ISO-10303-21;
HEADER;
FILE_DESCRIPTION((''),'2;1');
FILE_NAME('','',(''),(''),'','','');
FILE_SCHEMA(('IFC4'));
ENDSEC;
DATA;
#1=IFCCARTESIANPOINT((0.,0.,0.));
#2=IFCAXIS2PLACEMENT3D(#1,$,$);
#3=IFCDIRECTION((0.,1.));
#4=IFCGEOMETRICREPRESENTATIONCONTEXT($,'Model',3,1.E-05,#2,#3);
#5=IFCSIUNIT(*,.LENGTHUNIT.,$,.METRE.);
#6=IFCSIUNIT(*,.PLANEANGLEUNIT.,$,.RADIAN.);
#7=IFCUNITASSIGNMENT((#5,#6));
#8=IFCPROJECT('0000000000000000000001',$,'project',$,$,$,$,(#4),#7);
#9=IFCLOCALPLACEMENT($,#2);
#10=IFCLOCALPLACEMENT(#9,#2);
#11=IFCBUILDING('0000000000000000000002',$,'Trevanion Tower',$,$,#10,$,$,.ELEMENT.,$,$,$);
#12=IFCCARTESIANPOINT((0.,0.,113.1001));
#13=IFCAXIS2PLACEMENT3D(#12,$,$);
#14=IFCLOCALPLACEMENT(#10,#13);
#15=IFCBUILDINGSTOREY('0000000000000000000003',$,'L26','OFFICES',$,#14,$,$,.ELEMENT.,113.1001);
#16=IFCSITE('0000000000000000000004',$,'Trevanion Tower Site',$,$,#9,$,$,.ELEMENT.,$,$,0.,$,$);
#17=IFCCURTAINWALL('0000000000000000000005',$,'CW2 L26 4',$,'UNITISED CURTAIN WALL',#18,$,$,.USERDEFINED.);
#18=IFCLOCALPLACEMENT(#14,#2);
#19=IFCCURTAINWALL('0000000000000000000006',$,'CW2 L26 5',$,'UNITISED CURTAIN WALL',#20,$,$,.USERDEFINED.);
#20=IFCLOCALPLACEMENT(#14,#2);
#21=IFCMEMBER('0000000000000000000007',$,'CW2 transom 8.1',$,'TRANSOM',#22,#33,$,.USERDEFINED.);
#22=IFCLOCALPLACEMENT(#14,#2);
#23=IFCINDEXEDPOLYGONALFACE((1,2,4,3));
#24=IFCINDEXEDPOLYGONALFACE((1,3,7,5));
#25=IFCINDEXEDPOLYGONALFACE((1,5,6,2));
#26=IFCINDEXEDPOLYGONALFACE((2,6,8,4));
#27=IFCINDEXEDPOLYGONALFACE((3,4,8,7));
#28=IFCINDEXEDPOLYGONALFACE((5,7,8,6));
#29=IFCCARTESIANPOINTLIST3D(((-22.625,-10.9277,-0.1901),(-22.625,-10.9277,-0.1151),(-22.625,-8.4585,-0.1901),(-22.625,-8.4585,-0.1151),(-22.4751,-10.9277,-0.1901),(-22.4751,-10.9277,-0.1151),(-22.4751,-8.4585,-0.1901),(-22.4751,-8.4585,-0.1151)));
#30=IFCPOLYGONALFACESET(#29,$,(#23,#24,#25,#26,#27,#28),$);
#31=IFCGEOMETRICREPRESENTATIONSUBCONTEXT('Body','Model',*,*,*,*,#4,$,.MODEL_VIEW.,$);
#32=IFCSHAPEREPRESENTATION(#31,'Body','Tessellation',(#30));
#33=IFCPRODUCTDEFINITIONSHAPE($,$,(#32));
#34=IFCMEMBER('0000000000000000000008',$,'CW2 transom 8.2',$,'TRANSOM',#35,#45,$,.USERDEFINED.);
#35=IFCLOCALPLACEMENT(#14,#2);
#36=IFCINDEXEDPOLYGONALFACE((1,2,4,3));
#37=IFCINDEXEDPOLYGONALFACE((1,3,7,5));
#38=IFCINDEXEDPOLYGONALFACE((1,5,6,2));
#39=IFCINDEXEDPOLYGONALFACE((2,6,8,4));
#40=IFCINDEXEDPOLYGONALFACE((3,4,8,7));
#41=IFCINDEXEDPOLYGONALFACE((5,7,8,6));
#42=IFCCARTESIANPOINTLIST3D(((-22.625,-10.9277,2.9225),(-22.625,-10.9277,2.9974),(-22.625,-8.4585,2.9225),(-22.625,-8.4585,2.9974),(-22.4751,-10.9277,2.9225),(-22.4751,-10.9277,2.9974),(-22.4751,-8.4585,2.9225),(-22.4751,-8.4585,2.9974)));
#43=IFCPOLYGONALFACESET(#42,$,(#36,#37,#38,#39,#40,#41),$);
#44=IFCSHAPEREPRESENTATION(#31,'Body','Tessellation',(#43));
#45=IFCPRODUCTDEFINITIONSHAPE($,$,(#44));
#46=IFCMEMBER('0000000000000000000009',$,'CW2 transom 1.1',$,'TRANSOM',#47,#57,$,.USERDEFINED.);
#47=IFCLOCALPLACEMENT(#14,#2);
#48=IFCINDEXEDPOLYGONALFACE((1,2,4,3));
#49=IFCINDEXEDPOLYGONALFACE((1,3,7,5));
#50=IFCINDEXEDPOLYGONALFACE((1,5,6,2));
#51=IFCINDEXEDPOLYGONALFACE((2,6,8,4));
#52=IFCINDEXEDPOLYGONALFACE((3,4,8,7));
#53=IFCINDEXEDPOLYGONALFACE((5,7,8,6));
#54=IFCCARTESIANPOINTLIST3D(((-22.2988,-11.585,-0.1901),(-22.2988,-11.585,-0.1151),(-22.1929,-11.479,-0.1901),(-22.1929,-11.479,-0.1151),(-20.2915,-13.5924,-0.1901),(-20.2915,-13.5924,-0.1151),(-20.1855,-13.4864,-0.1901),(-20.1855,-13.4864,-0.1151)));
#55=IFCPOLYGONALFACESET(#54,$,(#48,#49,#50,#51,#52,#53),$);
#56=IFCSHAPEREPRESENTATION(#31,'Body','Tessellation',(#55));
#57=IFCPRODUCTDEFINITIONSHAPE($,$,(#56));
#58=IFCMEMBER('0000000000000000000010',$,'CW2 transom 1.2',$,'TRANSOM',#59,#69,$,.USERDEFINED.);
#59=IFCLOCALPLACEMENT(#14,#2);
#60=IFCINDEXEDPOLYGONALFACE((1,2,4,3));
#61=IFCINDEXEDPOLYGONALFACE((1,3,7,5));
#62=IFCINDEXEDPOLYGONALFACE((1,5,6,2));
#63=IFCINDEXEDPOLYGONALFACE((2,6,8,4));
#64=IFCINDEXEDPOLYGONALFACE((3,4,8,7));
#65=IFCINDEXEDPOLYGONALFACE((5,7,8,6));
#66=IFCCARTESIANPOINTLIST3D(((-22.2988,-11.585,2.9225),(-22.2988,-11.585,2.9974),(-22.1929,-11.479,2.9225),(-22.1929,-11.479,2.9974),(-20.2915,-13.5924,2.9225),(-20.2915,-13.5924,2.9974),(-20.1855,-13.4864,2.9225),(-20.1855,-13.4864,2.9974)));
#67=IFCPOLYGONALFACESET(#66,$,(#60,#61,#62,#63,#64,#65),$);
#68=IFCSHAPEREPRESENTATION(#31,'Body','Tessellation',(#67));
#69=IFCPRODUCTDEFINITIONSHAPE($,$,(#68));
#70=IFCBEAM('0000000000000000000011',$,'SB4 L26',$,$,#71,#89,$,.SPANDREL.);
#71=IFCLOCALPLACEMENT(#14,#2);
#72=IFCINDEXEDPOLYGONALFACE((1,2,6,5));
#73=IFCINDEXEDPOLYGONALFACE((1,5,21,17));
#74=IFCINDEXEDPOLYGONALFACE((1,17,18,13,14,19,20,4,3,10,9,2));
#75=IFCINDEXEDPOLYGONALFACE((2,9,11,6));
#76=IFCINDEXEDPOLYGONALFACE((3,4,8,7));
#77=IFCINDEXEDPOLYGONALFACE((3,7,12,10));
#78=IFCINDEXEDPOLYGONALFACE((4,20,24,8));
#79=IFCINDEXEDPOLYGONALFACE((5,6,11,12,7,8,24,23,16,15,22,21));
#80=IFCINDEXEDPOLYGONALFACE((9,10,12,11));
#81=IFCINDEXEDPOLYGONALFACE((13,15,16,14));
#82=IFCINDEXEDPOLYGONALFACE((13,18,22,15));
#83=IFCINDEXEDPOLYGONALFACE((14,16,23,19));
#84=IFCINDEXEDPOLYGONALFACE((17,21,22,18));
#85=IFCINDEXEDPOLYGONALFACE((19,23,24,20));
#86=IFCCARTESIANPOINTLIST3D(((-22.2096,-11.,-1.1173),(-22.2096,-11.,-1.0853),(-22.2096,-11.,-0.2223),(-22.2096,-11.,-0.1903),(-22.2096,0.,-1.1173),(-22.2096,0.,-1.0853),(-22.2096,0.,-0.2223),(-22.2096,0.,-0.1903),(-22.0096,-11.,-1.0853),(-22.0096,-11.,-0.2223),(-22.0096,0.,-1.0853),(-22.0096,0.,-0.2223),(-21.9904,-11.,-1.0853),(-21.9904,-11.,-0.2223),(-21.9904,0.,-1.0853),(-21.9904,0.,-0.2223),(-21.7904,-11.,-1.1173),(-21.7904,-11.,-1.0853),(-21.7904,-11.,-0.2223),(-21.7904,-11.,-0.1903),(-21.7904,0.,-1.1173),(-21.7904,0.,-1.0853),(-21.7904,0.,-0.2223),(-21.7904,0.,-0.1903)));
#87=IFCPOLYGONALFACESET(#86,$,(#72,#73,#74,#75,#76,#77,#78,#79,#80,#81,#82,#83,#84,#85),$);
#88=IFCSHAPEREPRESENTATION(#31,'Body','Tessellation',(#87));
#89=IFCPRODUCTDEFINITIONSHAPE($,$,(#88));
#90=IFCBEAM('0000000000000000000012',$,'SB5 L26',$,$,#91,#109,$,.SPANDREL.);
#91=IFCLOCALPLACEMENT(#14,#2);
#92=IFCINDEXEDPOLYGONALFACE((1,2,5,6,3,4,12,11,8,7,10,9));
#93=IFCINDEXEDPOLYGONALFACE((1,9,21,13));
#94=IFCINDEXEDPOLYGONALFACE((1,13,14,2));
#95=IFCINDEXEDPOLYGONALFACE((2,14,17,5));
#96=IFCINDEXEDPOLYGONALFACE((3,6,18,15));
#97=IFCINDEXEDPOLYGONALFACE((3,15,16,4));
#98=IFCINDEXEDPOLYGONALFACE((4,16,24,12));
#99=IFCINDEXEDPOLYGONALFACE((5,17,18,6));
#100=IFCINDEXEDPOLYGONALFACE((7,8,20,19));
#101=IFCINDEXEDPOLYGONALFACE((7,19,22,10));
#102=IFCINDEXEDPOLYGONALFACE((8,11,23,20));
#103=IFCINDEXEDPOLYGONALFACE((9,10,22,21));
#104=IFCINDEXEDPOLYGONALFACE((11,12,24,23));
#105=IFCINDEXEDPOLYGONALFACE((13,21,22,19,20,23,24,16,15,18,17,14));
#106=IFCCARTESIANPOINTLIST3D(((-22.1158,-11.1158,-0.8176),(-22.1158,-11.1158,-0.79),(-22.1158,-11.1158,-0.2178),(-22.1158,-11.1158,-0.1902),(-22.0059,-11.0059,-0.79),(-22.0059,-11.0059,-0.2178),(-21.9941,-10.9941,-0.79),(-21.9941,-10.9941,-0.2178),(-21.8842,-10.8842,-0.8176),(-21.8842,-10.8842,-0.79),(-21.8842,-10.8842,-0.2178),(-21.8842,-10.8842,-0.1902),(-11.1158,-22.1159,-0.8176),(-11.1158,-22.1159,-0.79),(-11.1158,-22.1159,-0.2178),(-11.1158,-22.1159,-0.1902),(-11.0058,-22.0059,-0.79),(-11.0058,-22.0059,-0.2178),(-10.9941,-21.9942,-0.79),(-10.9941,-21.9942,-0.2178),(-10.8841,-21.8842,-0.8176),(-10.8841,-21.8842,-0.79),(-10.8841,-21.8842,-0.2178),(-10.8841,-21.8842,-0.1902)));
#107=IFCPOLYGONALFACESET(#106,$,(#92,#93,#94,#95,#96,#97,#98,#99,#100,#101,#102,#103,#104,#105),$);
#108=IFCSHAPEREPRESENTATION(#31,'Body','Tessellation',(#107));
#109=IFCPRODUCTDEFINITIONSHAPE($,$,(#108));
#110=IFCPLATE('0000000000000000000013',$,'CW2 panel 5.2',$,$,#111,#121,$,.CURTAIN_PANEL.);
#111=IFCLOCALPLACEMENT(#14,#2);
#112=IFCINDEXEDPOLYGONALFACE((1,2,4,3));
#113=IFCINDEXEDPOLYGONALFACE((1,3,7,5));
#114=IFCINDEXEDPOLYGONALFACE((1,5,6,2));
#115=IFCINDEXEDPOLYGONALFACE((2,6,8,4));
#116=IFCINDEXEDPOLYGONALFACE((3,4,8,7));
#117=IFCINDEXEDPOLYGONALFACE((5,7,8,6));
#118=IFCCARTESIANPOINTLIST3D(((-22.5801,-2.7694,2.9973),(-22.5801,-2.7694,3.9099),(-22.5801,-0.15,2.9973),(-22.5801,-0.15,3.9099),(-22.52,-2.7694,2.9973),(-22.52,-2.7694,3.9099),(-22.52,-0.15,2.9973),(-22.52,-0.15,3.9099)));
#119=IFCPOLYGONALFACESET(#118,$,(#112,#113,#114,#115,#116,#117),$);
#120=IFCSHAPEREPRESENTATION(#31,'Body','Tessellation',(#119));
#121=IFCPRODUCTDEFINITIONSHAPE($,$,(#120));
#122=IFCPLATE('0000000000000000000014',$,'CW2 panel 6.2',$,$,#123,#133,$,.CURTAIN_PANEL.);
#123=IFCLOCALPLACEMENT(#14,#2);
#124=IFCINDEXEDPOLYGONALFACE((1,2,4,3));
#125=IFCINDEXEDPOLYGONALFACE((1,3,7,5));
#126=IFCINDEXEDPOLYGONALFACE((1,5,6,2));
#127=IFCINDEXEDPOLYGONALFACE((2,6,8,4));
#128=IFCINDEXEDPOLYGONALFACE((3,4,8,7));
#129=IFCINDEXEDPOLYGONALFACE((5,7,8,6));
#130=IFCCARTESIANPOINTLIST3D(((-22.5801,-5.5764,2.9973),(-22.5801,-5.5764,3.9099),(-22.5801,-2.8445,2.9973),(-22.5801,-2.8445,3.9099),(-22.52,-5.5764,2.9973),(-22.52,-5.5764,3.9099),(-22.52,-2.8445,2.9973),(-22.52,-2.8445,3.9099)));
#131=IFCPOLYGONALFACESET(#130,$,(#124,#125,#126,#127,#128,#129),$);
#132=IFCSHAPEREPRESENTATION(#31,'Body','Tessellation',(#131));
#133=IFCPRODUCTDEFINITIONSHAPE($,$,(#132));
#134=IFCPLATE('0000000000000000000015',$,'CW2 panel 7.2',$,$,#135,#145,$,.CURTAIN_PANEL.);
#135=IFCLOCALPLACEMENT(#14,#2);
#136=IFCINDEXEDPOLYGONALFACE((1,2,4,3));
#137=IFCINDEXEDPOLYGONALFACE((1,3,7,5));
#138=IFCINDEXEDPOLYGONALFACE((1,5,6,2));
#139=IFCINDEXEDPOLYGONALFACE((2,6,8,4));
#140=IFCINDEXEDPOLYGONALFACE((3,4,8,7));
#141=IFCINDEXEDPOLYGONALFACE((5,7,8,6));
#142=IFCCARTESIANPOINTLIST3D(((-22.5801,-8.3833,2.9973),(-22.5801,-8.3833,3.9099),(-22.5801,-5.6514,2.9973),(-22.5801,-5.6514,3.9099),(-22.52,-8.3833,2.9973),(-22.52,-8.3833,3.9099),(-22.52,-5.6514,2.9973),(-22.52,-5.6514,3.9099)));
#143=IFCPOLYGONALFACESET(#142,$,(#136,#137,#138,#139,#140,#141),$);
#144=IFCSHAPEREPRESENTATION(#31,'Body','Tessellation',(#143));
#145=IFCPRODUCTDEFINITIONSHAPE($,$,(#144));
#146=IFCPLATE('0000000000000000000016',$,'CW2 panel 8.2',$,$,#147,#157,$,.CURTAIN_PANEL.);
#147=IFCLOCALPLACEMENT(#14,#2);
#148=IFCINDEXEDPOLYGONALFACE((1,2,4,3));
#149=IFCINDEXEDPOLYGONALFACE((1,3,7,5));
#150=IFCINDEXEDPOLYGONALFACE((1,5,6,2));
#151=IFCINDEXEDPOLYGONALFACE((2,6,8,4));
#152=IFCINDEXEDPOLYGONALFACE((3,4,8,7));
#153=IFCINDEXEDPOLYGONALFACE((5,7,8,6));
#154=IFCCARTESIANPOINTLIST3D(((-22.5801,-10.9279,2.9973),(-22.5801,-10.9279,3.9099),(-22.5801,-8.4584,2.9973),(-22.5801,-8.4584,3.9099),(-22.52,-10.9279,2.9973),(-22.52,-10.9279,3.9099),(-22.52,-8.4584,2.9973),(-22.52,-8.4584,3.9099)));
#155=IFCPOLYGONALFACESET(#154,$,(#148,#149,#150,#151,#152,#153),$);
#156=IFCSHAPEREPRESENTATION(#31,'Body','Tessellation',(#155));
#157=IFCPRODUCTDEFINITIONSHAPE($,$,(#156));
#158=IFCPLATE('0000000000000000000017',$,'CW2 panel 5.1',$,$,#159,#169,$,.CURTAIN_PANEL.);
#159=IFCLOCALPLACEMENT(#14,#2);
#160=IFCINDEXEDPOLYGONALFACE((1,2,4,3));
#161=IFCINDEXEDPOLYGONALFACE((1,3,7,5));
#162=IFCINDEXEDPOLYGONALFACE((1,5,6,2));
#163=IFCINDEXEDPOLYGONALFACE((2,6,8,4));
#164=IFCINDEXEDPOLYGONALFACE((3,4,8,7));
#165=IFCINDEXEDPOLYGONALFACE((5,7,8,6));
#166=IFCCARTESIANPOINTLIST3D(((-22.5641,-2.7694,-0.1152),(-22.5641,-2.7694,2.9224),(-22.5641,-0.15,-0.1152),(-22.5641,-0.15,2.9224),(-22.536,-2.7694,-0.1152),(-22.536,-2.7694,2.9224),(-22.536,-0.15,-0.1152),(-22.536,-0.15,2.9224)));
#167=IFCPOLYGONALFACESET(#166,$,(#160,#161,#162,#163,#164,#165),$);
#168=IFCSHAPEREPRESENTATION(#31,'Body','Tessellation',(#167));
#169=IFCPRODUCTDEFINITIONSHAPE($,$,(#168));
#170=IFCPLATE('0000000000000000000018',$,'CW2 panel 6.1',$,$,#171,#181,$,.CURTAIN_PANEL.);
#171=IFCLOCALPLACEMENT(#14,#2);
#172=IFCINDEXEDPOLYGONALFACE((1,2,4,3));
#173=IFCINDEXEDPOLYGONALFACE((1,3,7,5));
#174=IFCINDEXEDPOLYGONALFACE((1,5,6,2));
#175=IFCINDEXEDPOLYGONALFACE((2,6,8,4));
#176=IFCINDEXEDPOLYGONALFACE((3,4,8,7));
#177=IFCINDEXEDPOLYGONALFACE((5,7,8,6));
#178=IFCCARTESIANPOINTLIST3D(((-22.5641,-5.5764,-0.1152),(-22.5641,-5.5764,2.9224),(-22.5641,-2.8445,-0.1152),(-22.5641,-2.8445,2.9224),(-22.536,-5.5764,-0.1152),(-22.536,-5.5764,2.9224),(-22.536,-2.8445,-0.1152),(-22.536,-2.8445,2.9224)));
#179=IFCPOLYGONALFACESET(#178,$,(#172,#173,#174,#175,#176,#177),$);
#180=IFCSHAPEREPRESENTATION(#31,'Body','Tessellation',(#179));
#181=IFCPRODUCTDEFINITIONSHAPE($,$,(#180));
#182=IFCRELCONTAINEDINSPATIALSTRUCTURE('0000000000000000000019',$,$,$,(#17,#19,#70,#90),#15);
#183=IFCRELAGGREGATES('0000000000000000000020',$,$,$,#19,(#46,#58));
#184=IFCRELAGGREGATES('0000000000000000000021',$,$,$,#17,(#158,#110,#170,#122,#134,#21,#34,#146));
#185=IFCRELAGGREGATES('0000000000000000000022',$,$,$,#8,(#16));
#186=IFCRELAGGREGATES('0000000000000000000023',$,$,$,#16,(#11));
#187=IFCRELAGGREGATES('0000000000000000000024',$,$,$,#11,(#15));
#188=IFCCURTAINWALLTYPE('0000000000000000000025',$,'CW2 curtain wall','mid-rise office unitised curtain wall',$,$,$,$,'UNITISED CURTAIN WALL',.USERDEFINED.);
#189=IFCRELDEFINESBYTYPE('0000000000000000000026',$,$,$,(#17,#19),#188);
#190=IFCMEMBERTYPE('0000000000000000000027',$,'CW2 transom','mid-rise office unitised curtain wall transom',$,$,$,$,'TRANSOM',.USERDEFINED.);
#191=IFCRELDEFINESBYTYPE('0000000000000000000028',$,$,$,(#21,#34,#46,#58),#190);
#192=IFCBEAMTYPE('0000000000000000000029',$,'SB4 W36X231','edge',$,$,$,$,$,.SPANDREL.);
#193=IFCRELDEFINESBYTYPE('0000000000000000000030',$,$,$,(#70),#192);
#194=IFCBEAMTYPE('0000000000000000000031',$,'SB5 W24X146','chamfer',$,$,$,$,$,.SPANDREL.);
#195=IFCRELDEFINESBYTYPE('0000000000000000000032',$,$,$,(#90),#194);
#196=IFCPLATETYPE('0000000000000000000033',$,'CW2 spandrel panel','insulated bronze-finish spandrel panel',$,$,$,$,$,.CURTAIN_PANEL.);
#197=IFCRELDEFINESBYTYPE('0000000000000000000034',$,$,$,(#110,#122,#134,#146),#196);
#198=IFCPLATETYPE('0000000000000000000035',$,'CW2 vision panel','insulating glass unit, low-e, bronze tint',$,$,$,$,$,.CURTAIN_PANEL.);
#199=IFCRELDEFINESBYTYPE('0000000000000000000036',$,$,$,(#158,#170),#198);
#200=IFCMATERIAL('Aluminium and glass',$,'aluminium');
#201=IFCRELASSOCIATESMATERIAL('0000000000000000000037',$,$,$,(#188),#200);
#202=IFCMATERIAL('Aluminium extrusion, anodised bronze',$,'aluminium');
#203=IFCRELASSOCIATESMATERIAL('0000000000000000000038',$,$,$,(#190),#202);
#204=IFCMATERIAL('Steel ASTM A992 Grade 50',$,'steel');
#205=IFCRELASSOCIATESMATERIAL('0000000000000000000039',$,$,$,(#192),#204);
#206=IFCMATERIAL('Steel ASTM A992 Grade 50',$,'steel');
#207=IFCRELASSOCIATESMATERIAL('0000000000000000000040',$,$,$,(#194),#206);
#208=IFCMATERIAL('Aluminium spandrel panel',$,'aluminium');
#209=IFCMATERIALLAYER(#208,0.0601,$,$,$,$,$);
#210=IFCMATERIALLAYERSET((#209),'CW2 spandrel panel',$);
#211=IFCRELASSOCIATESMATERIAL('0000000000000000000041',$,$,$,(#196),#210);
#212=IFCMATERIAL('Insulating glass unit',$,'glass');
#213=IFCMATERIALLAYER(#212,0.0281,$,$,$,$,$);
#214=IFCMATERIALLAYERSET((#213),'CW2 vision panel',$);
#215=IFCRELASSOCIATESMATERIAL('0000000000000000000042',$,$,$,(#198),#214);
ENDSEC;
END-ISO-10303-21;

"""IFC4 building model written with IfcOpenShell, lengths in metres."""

from ifc_helpers import new_model, si_unit, direction, frame, origin, origin_2d, place, context, subcontext, project, spatial, rectangle, i_section, extrude, material, layer, layer_set, material_profile, profile_set, type_object, element, aggregate, save


model = new_model("IFC4")

# Units and contexts
model_context = context("Model", 3, precision=1e-05, world=origin(), true_north=direction((0.0, 1.0)))
body_context = subcontext(model_context, "Body", "Model", "MODEL_VIEW")
ifc_project = project(units=[si_unit("LENGTHUNIT", "METRE"), si_unit("PLANEANGLEUNIT", "RADIAN")], contexts=[model_context])

# Site, building, storey
site_placement = place(None, origin())
site = spatial("IfcSite", under=ifc_project, at=site_placement, Name="Trevanion Tower Site", CompositionType="ELEMENT", RefElevation=0.0)
building_placement = place(site_placement, origin())
building = spatial("IfcBuilding", under=site, at=building_placement, Name="Trevanion Tower", CompositionType="ELEMENT")
storey_placement = place(building_placement, frame((0.0, 0.0, 113.1001)))
storey = spatial("IfcBuildingStorey", under=building, at=storey_placement, Name="L26", Description="OFFICES", CompositionType="ELEMENT", Elevation=113.1001)

# Curtain wall
ifc_material_1 = material(Name="Aluminium and glass", Category="aluminium")
curtain_wall_type = type_object("IfcCurtainWallType", Name="CW2 curtain wall", Description="mid-rise office unitised curtain wall", ElementType="UNITISED CURTAIN WALL", PredefinedType="USERDEFINED", material=ifc_material_1)
curtain_wall_1_placement = place(storey_placement, origin())
curtain_wall_1 = element("IfcCurtainWall", 1, at=curtain_wall_1_placement, inside=storey, type_object=curtain_wall_type, Name="CW2 L26 4", ObjectType="UNITISED CURTAIN WALL", PredefinedType="USERDEFINED")

# Curtain wall
curtain_wall_2_placement = place(storey_placement, origin())
curtain_wall_2 = element("IfcCurtainWall", 2, at=curtain_wall_2_placement, inside=storey, type_object=curtain_wall_type, Name="CW2 L26 5", ObjectType="UNITISED CURTAIN WALL", PredefinedType="USERDEFINED")

# Members
ifc_material_2 = material(Name="Aluminium extrusion, anodised bronze", Category="aluminium")
ifc_material_profile_1 = material_profile(ifc_material_2, rectangle(XDim=0.1499, YDim=0.075, at=origin_2d()), Name="CW2 transom")
ifc_profile_set_1 = profile_set([ifc_material_profile_1], Name="Aluminium extrusion, anodised bronze")
member_type_1 = type_object("IfcMemberType", Name="CW2 transom", Description="mid-rise office unitised curtain wall transom", ElementType="TRANSOM", PredefinedType="USERDEFINED", material=ifc_profile_set_1)
member_1_placement = place(storey_placement, frame((-22.55, -8.4585, -0.1526), z_axis=(0.0, -1.0, 0.0), x_axis=(1.0, 0.0, 0.0)))
member_1 = element("IfcMember", 3, at=member_1_placement, type_object=member_type_1, Name="CW2 transom 8.1", ObjectType="TRANSOM", PredefinedType="USERDEFINED", context=body_context, shape_type="SweptSolid", body=[
    extrude(rectangle(XDim=0.1499, YDim=0.075, at=origin_2d()), origin(), (0.0, 0.0, 1.0), 2.4692),
])
member_2_placement = place(storey_placement, frame((-22.55, -8.4585, 2.96), z_axis=(0.0, -1.0, 0.0), x_axis=(1.0, 0.0, 0.0)))
member_2 = element("IfcMember", 4, at=member_2_placement, type_object=member_type_1, Name="CW2 transom 8.2", ObjectType="TRANSOM", PredefinedType="USERDEFINED", context=body_context, shape_type="SweptSolid", body=[
    extrude(rectangle(XDim=0.1499, YDim=0.075, at=origin_2d()), origin(), (0.0, 0.0, 1.0), 2.4692),
])
member_3_placement = place(storey_placement, frame((-22.2458, -11.532, -0.1526), z_axis=(0.707107, -0.707107, 0.0), x_axis=(0.707107, 0.707107, 0.0)))
member_3 = element("IfcMember", 5, at=member_3_placement, type_object=member_type_1, Name="CW2 transom 1.1", ObjectType="TRANSOM", PredefinedType="USERDEFINED", context=body_context, shape_type="SweptSolid", body=[
    extrude(rectangle(XDim=0.1499, YDim=0.075, at=origin_2d()), origin(), (0.0, 0.0, 1.0), 2.8389),
])
member_4_placement = place(storey_placement, frame((-22.2458, -11.532, 2.96), z_axis=(0.707107, -0.707107, 0.0), x_axis=(0.707107, 0.707107, 0.0)))
member_4 = element("IfcMember", 6, at=member_4_placement, type_object=member_type_1, Name="CW2 transom 1.2", ObjectType="TRANSOM", PredefinedType="USERDEFINED", context=body_context, shape_type="SweptSolid", body=[
    extrude(rectangle(XDim=0.1499, YDim=0.075, at=origin_2d()), origin(), (0.0, 0.0, 1.0), 2.8389),
])
aggregate(curtain_wall_2, [member_3, member_4])

# Beams
ifc_material_3 = material(Name="Steel ASTM A992 Grade 50", Category="steel")
ifc_material_profile_2 = material_profile(ifc_material_3, i_section(OverallWidth=0.4192, OverallDepth=0.927, WebThickness=0.0193, FlangeThickness=0.032, at=origin_2d()), Name="W36X231")
ifc_profile_set_2 = profile_set([ifc_material_profile_2], Name="Steel ASTM A992 Grade 50")
beam_type_1 = type_object("IfcBeamType", Name="SB4 W36X231", Description="edge", PredefinedType="SPANDREL", material=ifc_profile_set_2)
beam_1_placement = place(storey_placement, frame((-22.0, 0.0, -0.6538), z_axis=(0.0, -1.0, 0.0), x_axis=(1.0, 0.0, 0.0)))
element("IfcBeam", 7, at=beam_1_placement, inside=storey, type_object=beam_type_1, Name="SB4 L26", PredefinedType="SPANDREL", context=body_context, shape_type="SweptSolid", body=[
    extrude(i_section(OverallWidth=0.4192, OverallDepth=0.927, WebThickness=0.0193, FlangeThickness=0.032, at=origin_2d()), origin(), (0.0, 0.0, 1.0), 11.0),
])
ifc_material_4 = material(Name="Steel ASTM A992 Grade 50", Category="steel")
ifc_material_profile_3 = material_profile(ifc_material_4, i_section(OverallWidth=0.3276, OverallDepth=0.6274, WebThickness=0.0166, FlangeThickness=0.0276, at=origin_2d()), Name="W24X146")
ifc_profile_set_3 = profile_set([ifc_material_profile_3], Name="Steel ASTM A992 Grade 50")
beam_type_2 = type_object("IfcBeamType", Name="SB5 W24X146", Description="chamfer", PredefinedType="SPANDREL", material=ifc_profile_set_3)
beam_2_placement = place(storey_placement, frame((-22.0, -11.0, -0.5039), z_axis=(0.707107, -0.707107, 0.0), x_axis=(0.707107, 0.707107, 0.0)))
element("IfcBeam", 8, at=beam_2_placement, inside=storey, type_object=beam_type_2, Name="SB5 L26", PredefinedType="SPANDREL", context=body_context, shape_type="SweptSolid", body=[
    extrude(i_section(OverallWidth=0.3276, OverallDepth=0.6274, WebThickness=0.0166, FlangeThickness=0.0276, at=origin_2d()), origin(), (0.0, 0.0, 1.0), 15.5564),
])

# Plates
ifc_material_5 = material(Name="Aluminium spandrel panel", Category="aluminium")
ifc_layer_1 = layer(ifc_material_5, 0.0601)
ifc_layer_set_1 = layer_set([ifc_layer_1], Name="CW2 spandrel panel")
plate_type_1 = type_object("IfcPlateType", Name="CW2 spandrel panel", Description="insulated bronze-finish spandrel panel", PredefinedType="CURTAIN_PANEL", material=ifc_layer_set_1)
plate_1_placement = place(storey_placement, frame((-22.55, -1.4597, 2.9973), z_axis=(0.0, 0.0, 1.0), x_axis=(0.0, -1.0, 0.0)))
plate_1 = element("IfcPlate", 9, at=plate_1_placement, type_object=plate_type_1, Name="CW2 panel 5.2", PredefinedType="CURTAIN_PANEL", context=body_context, shape_type="SweptSolid", body=[
    extrude(rectangle(XDim=2.6194, YDim=0.0601, at=origin_2d()), origin(), (0.0, 0.0, 1.0), 0.9126),
])
plate_2_placement = place(storey_placement, frame((-22.55, -4.2104, 2.9973), z_axis=(0.0, 0.0, 1.0), x_axis=(0.0, -1.0, 0.0)))
plate_2 = element("IfcPlate", 10, at=plate_2_placement, type_object=plate_type_1, Name="CW2 panel 6.2", PredefinedType="CURTAIN_PANEL", context=body_context, shape_type="SweptSolid", body=[
    extrude(rectangle(XDim=2.7319, YDim=0.0601, at=origin_2d()), origin(), (0.0, 0.0, 1.0), 0.9126),
])
plate_3_placement = place(storey_placement, frame((-22.55, -7.0173, 2.9973), z_axis=(0.0, 0.0, 1.0), x_axis=(0.0, -1.0, 0.0)))
plate_3 = element("IfcPlate", 11, at=plate_3_placement, type_object=plate_type_1, Name="CW2 panel 7.2", PredefinedType="CURTAIN_PANEL", context=body_context, shape_type="SweptSolid", body=[
    extrude(rectangle(XDim=2.7319, YDim=0.0601, at=origin_2d()), origin(), (0.0, 0.0, 1.0), 0.9126),
])
plate_4_placement = place(storey_placement, frame((-22.55, -9.6931, 2.9973), z_axis=(0.0, 0.0, 1.0), x_axis=(0.0, -1.0, 0.0)))
plate_4 = element("IfcPlate", 12, at=plate_4_placement, type_object=plate_type_1, Name="CW2 panel 8.2", PredefinedType="CURTAIN_PANEL", context=body_context, shape_type="SweptSolid", body=[
    extrude(rectangle(XDim=2.4695, YDim=0.0601, at=origin_2d()), origin(), (0.0, 0.0, 1.0), 0.9126),
])
ifc_material_6 = material(Name="Insulating glass unit", Category="glass")
ifc_layer_2 = layer(ifc_material_6, 0.0281)
ifc_layer_set_2 = layer_set([ifc_layer_2], Name="CW2 vision panel")
plate_type_2 = type_object("IfcPlateType", Name="CW2 vision panel", Description="insulating glass unit, low-e, bronze tint", PredefinedType="CURTAIN_PANEL", material=ifc_layer_set_2)
plate_5_placement = place(storey_placement, frame((-22.55, -1.4597, -0.1152), z_axis=(0.0, 0.0, 1.0), x_axis=(0.0, -1.0, 0.0)))
plate_5 = element("IfcPlate", 13, at=plate_5_placement, type_object=plate_type_2, Name="CW2 panel 5.1", PredefinedType="CURTAIN_PANEL", context=body_context, shape_type="SweptSolid", body=[
    extrude(rectangle(XDim=2.6194, YDim=0.0281, at=origin_2d()), origin(), (0.0, 0.0, 1.0), 3.0376),
])
plate_6_placement = place(storey_placement, frame((-22.55, -4.2104, -0.1152), z_axis=(0.0, 0.0, 1.0), x_axis=(0.0, -1.0, 0.0)))
plate_6 = element("IfcPlate", 14, at=plate_6_placement, type_object=plate_type_2, Name="CW2 panel 6.1", PredefinedType="CURTAIN_PANEL", context=body_context, shape_type="SweptSolid", body=[
    extrude(rectangle(XDim=2.7319, YDim=0.0281, at=origin_2d()), origin(), (0.0, 0.0, 1.0), 3.0376),
])
aggregate(curtain_wall_1, [plate_5, plate_1, plate_6, plate_2, plate_3, member_1, member_2, plate_4])

save(model, "model.ifc")
